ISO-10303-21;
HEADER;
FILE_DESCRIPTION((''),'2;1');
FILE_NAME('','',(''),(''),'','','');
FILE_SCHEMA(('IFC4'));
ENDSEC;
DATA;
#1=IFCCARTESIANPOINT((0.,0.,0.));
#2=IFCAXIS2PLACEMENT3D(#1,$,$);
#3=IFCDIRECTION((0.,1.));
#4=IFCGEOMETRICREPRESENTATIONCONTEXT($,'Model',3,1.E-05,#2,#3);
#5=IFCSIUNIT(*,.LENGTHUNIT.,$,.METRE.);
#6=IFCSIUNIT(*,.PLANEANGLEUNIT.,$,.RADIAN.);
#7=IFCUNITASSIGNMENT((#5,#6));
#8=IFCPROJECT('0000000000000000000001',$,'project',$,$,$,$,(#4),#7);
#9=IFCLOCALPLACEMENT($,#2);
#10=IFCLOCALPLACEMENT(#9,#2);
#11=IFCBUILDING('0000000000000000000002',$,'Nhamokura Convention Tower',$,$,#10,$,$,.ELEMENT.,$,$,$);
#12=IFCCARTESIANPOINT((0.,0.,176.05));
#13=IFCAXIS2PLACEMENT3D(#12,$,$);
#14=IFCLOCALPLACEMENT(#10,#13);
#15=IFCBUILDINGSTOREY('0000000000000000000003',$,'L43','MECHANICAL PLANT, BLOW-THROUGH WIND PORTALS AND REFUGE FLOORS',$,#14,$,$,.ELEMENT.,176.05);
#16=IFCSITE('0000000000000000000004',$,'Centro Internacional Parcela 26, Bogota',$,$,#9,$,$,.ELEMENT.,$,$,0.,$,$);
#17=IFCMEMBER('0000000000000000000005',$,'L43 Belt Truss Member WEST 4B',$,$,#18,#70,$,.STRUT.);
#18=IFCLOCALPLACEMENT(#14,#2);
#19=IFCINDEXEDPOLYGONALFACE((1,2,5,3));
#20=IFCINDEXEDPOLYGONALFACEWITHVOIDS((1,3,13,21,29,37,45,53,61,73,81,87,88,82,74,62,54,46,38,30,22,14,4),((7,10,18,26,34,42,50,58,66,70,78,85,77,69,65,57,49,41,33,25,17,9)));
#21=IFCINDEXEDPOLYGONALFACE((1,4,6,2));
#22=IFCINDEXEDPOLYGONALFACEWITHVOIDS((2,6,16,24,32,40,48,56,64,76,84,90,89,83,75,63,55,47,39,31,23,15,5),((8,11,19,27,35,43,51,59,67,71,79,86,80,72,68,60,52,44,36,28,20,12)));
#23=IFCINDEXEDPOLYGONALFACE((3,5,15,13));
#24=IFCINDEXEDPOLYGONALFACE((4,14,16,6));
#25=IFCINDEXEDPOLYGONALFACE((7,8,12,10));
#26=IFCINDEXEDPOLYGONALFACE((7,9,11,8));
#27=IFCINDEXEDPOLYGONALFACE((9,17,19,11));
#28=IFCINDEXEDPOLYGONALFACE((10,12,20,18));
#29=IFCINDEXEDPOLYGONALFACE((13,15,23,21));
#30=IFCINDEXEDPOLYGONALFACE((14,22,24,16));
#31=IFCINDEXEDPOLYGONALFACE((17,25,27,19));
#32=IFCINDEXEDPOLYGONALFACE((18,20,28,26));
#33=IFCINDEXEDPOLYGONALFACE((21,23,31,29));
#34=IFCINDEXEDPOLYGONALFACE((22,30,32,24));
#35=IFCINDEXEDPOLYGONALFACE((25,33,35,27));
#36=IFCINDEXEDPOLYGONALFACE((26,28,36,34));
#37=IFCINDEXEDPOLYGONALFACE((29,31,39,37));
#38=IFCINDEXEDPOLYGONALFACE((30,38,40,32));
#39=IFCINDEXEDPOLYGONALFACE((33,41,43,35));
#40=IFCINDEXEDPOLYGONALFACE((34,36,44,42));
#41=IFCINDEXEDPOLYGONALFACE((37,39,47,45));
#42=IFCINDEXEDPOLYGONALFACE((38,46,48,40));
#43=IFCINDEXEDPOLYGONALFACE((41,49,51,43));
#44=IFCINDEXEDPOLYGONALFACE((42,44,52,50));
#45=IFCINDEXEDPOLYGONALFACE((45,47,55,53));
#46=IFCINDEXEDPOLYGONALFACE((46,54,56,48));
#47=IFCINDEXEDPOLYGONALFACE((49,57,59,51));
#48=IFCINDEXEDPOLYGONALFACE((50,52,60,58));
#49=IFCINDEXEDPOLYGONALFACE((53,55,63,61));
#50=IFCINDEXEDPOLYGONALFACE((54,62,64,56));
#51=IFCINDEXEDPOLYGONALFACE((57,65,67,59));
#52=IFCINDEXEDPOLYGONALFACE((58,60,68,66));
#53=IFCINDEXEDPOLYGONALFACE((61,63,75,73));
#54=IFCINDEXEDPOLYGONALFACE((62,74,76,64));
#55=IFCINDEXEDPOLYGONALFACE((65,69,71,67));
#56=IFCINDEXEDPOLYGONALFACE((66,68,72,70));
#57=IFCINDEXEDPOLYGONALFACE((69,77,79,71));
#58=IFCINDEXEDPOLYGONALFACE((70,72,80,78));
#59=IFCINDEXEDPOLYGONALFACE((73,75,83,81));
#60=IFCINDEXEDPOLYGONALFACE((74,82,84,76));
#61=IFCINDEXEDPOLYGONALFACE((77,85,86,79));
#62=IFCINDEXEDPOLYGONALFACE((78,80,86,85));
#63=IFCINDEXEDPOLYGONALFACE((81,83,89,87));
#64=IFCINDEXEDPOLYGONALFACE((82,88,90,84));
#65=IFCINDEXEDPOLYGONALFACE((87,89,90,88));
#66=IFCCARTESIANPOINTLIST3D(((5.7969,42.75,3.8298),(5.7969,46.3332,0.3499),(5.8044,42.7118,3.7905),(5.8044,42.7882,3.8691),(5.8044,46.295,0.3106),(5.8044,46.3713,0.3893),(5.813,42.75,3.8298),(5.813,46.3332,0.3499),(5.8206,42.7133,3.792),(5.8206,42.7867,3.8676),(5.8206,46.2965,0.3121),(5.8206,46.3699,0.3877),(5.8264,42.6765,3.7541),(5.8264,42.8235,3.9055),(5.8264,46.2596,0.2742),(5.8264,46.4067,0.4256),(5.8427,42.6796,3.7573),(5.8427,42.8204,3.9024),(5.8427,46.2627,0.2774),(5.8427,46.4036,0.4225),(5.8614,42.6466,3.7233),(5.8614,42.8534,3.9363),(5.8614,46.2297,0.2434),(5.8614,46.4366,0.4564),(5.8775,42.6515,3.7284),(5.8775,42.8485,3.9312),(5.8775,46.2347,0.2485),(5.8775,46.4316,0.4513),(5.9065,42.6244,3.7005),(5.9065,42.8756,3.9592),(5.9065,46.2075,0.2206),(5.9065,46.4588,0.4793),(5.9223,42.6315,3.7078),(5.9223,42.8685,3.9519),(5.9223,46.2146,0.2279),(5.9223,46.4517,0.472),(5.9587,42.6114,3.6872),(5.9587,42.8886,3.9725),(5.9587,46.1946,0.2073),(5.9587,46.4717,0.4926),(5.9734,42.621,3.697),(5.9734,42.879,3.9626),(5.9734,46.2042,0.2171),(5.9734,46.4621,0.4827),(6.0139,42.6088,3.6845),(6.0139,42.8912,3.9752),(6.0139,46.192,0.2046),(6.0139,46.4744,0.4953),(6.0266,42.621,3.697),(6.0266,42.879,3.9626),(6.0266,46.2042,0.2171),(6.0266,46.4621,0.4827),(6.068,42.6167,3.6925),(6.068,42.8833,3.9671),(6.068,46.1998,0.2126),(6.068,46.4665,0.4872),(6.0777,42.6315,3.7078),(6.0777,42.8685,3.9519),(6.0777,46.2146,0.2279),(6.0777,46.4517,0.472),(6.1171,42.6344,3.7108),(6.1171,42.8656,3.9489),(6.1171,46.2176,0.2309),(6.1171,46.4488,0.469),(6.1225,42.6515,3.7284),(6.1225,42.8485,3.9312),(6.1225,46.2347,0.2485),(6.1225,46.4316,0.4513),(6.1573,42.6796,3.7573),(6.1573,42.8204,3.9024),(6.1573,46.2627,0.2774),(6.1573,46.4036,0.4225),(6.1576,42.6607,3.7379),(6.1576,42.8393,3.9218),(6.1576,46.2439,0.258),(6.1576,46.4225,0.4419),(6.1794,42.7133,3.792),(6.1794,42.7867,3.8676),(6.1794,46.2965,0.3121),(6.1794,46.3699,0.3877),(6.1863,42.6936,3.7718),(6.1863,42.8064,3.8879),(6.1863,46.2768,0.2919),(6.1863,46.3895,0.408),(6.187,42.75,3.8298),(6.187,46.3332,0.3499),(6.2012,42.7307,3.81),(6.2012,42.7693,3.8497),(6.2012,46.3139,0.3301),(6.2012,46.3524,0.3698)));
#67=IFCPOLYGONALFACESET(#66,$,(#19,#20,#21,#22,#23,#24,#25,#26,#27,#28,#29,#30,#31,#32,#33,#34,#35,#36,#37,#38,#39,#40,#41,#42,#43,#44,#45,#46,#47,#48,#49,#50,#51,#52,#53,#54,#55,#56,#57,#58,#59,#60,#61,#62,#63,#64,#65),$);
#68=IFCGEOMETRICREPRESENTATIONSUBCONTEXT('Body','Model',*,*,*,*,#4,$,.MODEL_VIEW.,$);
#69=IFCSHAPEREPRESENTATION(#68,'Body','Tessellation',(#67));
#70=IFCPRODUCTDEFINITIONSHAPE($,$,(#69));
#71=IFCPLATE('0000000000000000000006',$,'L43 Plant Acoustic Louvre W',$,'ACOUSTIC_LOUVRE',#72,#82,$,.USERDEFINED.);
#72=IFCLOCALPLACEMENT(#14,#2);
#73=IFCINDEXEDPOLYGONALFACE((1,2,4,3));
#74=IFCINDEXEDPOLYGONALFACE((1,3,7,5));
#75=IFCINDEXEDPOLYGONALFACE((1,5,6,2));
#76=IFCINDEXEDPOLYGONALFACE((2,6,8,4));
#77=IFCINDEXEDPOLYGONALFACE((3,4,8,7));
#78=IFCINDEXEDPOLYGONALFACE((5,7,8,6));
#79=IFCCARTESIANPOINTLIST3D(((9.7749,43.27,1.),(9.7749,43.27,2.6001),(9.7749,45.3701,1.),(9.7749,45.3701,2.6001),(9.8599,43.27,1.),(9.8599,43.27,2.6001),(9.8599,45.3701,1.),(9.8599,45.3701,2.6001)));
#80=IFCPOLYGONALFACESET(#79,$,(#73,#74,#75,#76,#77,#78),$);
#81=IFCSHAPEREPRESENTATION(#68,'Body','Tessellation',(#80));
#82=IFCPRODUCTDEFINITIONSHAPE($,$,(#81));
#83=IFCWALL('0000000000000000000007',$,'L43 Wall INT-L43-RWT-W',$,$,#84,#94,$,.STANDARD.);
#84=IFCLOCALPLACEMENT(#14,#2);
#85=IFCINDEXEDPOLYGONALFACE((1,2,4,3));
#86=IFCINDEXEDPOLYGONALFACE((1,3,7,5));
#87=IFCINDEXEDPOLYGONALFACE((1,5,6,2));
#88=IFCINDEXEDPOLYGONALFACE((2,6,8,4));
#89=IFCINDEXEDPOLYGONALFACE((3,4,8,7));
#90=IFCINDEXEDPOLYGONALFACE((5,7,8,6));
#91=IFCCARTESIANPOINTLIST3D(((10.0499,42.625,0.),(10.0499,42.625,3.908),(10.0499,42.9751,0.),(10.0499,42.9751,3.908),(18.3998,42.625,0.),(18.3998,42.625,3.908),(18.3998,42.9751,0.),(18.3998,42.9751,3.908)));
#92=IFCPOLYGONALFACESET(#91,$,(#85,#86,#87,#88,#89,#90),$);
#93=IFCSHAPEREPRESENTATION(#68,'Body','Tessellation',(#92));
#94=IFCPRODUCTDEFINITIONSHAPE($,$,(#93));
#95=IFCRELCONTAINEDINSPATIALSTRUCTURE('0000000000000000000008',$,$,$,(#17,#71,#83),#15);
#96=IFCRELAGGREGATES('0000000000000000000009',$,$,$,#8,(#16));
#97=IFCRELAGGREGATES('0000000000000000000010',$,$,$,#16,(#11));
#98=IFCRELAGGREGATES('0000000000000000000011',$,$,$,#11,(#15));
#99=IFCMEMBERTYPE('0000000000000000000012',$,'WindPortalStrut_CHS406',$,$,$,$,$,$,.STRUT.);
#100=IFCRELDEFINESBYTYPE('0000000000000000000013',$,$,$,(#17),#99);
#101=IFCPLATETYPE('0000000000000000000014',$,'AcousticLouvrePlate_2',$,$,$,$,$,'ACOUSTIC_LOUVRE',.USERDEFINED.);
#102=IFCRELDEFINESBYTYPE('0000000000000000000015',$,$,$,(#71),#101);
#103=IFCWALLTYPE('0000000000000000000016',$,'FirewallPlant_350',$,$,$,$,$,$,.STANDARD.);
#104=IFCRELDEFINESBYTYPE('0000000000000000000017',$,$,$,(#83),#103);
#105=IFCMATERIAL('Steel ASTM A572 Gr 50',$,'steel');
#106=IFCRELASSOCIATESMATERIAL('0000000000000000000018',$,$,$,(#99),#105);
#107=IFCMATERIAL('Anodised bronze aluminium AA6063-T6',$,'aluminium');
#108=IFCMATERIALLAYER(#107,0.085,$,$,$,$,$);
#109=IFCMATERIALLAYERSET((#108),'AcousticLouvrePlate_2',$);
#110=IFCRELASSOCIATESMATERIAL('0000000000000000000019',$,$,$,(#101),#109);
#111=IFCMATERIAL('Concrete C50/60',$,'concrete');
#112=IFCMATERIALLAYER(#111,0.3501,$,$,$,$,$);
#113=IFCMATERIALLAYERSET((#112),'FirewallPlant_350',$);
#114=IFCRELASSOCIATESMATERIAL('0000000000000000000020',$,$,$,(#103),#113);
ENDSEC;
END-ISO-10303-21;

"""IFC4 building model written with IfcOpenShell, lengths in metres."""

from ifc_helpers import new_model, si_unit, direction, frame, frame_2d, origin, origin_2d, place, context, subcontext, project, spatial, rectangle, hollow_circle, extrude, material, layer, layer_set, material_profile, profile_set, type_object, element, save


model = new_model("IFC4")

# Units and contexts
model_context = context("Model", 3, precision=1e-05, world=origin(), true_north=direction((0.0, 1.0)))
body_context = subcontext(model_context, "Body", "Model", "MODEL_VIEW")
ifc_project = project(units=[si_unit("LENGTHUNIT", "METRE"), si_unit("PLANEANGLEUNIT", "RADIAN")], contexts=[model_context])

# Site, building, storey
site_placement = place(None, origin())
site = spatial("IfcSite", under=ifc_project, at=site_placement, Name="Centro Internacional Parcela 26, Bogota", CompositionType="ELEMENT", RefElevation=0.0)
building_placement = place(site_placement, origin())
building = spatial("IfcBuilding", under=site, at=building_placement, Name="Nhamokura Convention Tower", CompositionType="ELEMENT")
storey_placement = place(building_placement, frame((0.0, 0.0, 176.05)))
storey = spatial("IfcBuildingStorey", under=building, at=storey_placement, Name="L43", Description="MECHANICAL PLANT, BLOW-THROUGH WIND PORTALS AND REFUGE FLOORS", CompositionType="ELEMENT", Elevation=176.05)

# Member
ifc_material_1 = material(Name="Steel ASTM A572 Gr 50", Category="steel")
ifc_material_profile_1 = material_profile(ifc_material_1, hollow_circle(Radius=0.2031, WallThickness=0.0161, at=origin_2d()))
ifc_profile_set_1 = profile_set([ifc_material_profile_1], Name="Steel ASTM A572 Gr 50")
member_type = type_object("IfcMemberType", Name="WindPortalStrut_CHS406", PredefinedType="STRUT", material=ifc_profile_set_1)
for number, where, z_axis, x_axis, name in (
    (1, (6.0, 42.75, 3.8298), (0.0, 0.717369, -0.696694), (-1.0, 0.0, 0.0), "L43 Belt Truss Member WEST 4B"),
):
    element("IfcMember", number, at=place(storey_placement, frame(where, z_axis=z_axis, x_axis=x_axis)), inside=storey, type_object=member_type, Name=name, PredefinedType="STRUT", context=body_context, shape_type="SweptSolid", body=[
        extrude(hollow_circle(Radius=0.2031, WallThickness=0.0161, at=origin_2d()), origin(), (0.0, 0.0, 1.0), 4.9949),
    ])

# Plate
ifc_material_2 = material(Name="Anodised bronze aluminium AA6063-T6", Category="aluminium")
ifc_layer_1 = layer(ifc_material_2, 0.085)
ifc_layer_set_1 = layer_set([ifc_layer_1], Name="AcousticLouvrePlate_2")
plate_type = type_object("IfcPlateType", Name="AcousticLouvrePlate_2", ElementType="ACOUSTIC_LOUVRE", PredefinedType="USERDEFINED", material=ifc_layer_set_1)
plate_placement = place(storey_placement, frame((9.8174, 44.3201, 1.0), z_axis=(0.0, 0.0, 1.0), x_axis=(0.0, 1.0, 0.0)))
element("IfcPlate", 2, at=plate_placement, inside=storey, type_object=plate_type, Name="L43 Plant Acoustic Louvre W", ObjectType="ACOUSTIC_LOUVRE", PredefinedType="USERDEFINED", context=body_context, shape_type="SweptSolid", body=[
    extrude(rectangle(XDim=2.1001, YDim=0.085, at=origin_2d()), origin(), (0.0, 0.0, 1.0), 1.6001),
])

# Shared definitions
ifc_material_3 = material(Name="Concrete C50/60", Category="concrete")
ifc_layer_2 = layer(ifc_material_3, 0.3501)
ifc_layer_set_2 = layer_set([ifc_layer_2], Name="FirewallPlant_350")
wall_type = type_object("IfcWallType", Name="FirewallPlant_350", PredefinedType="STANDARD", material=ifc_layer_set_2)

# Wall
wall_1_placement = place(storey_placement, frame((10.05, 42.8, 0.0), z_axis=(0.0, 0.0, 1.0), x_axis=(1.0, 0.0, 0.0)))
element("IfcWall", 3, at=wall_1_placement, inside=storey, type_object=wall_type, Name="L43 Wall INT-L43-RWT-W", PredefinedType="STANDARD", context=body_context, shape_type="SweptSolid", body=[
    extrude(rectangle(XDim=8.3499, YDim=0.3501, at=frame_2d((4.1748, 0.0))), origin(), (0.0, 0.0, 1.0), 3.908),
])

save(model, "model.ifc")
